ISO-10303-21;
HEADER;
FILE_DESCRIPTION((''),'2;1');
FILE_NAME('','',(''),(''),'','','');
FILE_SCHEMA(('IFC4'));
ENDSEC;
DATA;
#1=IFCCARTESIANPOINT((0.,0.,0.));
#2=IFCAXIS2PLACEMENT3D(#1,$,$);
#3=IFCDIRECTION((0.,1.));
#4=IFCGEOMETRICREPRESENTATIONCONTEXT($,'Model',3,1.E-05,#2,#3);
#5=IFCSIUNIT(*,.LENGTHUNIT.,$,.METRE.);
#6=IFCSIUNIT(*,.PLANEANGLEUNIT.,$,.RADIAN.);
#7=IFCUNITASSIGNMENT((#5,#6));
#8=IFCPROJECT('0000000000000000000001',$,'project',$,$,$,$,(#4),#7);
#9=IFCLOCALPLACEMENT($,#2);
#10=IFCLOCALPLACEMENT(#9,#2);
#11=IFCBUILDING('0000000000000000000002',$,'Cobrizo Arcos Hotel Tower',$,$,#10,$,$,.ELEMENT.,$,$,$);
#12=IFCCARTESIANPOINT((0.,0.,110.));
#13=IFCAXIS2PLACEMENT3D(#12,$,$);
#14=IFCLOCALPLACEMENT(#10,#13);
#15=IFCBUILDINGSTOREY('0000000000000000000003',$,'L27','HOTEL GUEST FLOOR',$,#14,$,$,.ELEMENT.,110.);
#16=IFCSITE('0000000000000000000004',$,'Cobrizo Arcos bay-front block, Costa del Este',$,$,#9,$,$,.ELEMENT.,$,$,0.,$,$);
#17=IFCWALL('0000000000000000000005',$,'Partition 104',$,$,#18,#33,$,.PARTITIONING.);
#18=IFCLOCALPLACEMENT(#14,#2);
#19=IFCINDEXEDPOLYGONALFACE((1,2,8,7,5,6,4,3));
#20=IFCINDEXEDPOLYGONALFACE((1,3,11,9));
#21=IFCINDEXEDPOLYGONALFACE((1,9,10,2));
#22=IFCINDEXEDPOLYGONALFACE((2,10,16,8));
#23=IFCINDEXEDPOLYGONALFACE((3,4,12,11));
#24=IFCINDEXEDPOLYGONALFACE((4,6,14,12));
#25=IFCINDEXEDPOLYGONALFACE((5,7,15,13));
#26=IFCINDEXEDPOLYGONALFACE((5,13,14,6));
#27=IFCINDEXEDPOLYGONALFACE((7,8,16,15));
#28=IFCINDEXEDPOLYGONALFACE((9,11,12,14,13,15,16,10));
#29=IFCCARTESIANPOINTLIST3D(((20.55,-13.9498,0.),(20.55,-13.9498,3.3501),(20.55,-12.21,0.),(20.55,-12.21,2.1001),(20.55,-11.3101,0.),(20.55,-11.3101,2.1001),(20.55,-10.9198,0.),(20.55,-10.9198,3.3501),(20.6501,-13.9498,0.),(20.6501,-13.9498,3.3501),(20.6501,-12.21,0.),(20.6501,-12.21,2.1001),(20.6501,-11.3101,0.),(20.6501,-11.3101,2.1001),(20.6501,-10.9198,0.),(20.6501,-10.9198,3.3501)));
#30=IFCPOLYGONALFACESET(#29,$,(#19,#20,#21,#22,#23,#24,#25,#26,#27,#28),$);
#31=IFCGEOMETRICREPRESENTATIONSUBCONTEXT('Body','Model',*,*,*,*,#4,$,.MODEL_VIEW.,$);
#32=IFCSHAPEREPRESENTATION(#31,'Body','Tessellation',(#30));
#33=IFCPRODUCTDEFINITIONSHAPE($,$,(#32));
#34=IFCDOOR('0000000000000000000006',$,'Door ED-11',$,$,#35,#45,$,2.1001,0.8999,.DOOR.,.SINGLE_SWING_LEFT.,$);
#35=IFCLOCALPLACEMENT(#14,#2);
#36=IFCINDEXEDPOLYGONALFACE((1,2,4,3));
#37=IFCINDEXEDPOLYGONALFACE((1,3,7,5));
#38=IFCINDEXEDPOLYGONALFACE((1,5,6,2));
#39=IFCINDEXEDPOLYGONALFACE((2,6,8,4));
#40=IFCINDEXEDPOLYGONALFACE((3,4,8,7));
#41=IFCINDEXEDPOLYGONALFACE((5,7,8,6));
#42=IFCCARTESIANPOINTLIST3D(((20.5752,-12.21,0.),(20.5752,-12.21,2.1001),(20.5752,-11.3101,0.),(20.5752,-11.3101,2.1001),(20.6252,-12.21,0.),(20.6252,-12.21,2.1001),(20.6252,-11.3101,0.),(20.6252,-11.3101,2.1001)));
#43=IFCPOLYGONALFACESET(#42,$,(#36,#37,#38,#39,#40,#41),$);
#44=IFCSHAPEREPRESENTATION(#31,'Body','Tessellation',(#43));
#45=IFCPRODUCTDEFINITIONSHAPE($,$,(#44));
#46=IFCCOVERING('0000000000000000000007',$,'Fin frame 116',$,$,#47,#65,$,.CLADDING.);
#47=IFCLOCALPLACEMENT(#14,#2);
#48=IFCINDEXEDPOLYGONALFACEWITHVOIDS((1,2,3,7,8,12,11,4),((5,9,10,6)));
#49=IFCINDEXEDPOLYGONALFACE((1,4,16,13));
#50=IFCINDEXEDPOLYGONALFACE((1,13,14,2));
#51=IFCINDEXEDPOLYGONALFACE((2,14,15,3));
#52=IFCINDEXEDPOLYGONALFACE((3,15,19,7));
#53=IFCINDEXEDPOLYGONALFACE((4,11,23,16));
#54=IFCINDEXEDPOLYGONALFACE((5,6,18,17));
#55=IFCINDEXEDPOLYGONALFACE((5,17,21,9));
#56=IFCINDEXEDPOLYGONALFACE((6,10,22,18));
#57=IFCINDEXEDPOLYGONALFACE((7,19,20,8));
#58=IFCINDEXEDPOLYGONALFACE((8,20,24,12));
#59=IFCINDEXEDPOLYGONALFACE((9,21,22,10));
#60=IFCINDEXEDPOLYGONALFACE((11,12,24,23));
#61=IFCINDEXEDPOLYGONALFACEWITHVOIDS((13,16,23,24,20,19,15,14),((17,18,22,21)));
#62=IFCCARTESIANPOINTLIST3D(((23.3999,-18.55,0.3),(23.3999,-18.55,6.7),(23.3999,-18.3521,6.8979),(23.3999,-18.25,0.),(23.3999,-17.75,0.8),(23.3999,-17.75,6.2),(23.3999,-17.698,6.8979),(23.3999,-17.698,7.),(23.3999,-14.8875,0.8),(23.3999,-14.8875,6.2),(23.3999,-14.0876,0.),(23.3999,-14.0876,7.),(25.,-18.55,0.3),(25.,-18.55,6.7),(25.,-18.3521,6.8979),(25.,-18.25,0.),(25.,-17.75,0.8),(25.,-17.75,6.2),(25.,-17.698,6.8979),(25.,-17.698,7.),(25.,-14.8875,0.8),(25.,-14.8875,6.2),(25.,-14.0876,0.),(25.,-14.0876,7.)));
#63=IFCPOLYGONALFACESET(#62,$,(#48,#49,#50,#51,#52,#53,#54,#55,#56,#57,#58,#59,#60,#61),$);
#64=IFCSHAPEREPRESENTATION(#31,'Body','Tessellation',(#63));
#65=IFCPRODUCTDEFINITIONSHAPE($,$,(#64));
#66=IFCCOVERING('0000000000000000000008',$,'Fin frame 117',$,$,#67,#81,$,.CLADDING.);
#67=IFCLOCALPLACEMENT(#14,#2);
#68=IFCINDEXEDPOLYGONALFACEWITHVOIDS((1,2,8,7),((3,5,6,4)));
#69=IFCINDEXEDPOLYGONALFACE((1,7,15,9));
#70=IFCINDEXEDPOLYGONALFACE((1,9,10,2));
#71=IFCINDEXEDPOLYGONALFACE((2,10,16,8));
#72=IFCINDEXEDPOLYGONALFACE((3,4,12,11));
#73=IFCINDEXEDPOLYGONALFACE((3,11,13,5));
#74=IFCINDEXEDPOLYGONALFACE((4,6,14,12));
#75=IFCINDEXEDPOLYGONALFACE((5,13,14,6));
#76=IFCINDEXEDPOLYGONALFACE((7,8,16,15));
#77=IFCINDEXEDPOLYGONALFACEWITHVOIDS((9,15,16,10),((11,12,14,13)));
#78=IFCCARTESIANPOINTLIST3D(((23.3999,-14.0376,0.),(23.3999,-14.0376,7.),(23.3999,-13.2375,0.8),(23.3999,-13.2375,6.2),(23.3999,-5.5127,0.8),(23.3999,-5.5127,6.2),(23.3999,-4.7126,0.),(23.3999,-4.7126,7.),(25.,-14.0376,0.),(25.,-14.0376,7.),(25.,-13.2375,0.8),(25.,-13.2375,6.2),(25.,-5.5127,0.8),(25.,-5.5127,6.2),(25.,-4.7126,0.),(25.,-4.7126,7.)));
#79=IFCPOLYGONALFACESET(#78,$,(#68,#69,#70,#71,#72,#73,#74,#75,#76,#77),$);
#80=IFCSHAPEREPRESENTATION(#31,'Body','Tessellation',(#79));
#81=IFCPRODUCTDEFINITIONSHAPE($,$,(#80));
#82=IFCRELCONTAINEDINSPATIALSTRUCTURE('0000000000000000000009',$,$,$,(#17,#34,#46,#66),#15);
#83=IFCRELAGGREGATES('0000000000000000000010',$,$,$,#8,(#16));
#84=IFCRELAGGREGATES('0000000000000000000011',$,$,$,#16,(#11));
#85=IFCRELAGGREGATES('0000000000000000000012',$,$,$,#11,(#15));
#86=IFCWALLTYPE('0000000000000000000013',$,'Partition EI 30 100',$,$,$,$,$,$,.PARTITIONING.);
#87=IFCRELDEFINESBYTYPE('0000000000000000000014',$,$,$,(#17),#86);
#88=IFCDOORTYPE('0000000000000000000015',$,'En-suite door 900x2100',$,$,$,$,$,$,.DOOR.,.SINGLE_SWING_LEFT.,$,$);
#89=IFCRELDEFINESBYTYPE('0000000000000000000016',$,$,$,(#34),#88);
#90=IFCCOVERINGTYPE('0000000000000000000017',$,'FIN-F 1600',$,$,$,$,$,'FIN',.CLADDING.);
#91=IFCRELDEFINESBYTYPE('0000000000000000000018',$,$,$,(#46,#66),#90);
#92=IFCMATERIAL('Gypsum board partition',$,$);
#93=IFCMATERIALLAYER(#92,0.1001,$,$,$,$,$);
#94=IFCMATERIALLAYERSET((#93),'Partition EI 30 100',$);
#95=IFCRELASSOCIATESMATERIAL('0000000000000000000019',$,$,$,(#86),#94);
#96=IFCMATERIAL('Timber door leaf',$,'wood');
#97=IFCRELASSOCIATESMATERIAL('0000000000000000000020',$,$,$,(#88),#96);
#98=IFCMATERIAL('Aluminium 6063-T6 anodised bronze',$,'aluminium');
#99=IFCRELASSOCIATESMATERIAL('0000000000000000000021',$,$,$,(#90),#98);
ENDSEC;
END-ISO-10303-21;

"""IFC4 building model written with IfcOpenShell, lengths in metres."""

from ifc_helpers import new_model, si_unit, direction, frame, frame_2d, origin, place, context, subcontext, project, spatial, polyline, rectangle, outline, extrude, material, layer, layer_set, type_object, element, fill, save


model = new_model("IFC4")

# Units and contexts
model_context = context("Model", 3, precision=1e-05, world=origin(), true_north=direction((0.0, 1.0)))
body_context = subcontext(model_context, "Body", "Model", "MODEL_VIEW")
ifc_project = project(units=[si_unit("LENGTHUNIT", "METRE"), si_unit("PLANEANGLEUNIT", "RADIAN")], contexts=[model_context])

# Site, building, storey
site_placement = place(None, origin())
site = spatial("IfcSite", under=ifc_project, at=site_placement, Name="Cobrizo Arcos bay-front block, Costa del Este", CompositionType="ELEMENT", RefElevation=0.0)
building_placement = place(site_placement, origin())
building = spatial("IfcBuilding", under=site, at=building_placement, Name="Cobrizo Arcos Hotel Tower", CompositionType="ELEMENT")
storey_placement = place(building_placement, frame((0.0, 0.0, 110.0)))
storey = spatial("IfcBuildingStorey", under=building, at=storey_placement, Name="L27", Description="HOTEL GUEST FLOOR", CompositionType="ELEMENT", Elevation=110.0)

# Shared definitions
ifc_material_1 = material(Name="Aluminium 6063-T6 anodised bronze", Category="aluminium")

# Shared definitions
ifc_material_2 = material(Name="Gypsum board partition")
ifc_layer_1 = layer(ifc_material_2, 0.1001)
ifc_layer_set_1 = layer_set([ifc_layer_1], Name="Partition EI 30 100")
wall_type = type_object("IfcWallType", Name="Partition EI 30 100", PredefinedType="PARTITIONING", material=ifc_layer_set_1)

# Wall, opening, door
ifc_material_3 = material(Name="Timber door leaf", Category="wood")
wall_1_placement = place(storey_placement, frame((20.6001, -13.95, 0.0), z_axis=(0.0, 0.0, 1.0), x_axis=(0.0, 1.0, 0.0)))
wall_1 = element("IfcWall", 1, at=wall_1_placement, inside=storey, type_object=wall_type, Name="Partition 104", PredefinedType="PARTITIONING", context=body_context, shape_type="SweptSolid", body=[
    extrude(rectangle(XDim=3.03, YDim=0.1001, at=frame_2d((1.5151, 0.0))), origin(), (0.0, 0.0, 1.0), 3.3501),
])
opening_1_placement = place(wall_1_placement, frame((1.74, 0.0, 0.0)))
opening_1 = element("IfcOpeningElement", 2, at=opening_1_placement, cuts=wall_1, PredefinedType="OPENING", context=body_context, shape_type="SweptSolid", body=[
    extrude(rectangle(XDim=0.8999, YDim=2.1001, at=frame_2d((0.45, 1.05))), frame((0.0, 0.062, 0.0), z_axis=(0.0, -1.0, 0.0), x_axis=(1.0, 0.0, 0.0)), (0.0, 0.0, 1.0), 0.124),
])
door_type_1 = type_object("IfcDoorType", Name="En-suite door 900x2100", OperationType="SINGLE_SWING_LEFT", PredefinedType="DOOR", material=ifc_material_3)
door_1_placement = place(opening_1_placement, origin())
door_1 = element("IfcDoor", 3, at=door_1_placement, inside=storey, type_object=door_type_1, Name="Door ED-11", OperationType="SINGLE_SWING_LEFT", OverallHeight=2.1001, OverallWidth=0.8999, PredefinedType="DOOR", context=body_context, shape_type="SweptSolid", body=[
    extrude(rectangle(XDim=0.8999, YDim=2.1001, at=frame_2d((0.45, 1.05))), frame((0.0, 0.0249, 0.0), z_axis=(0.0, -1.0, 0.0), x_axis=(1.0, 0.0, 0.0)), (0.0, 0.0, 1.0), 0.05),
])
fill(opening_1, door_1)

# Coverings
covering_type = type_object("IfcCoveringType", Name="FIN-F 1600", ElementType="FIN", PredefinedType="CLADDING", material=ifc_material_1)
covering_1_placement = place(storey_placement, frame((23.3999, -18.55, 0.0), z_axis=(1.0, 0.0, 0.0), x_axis=(0.0, 1.0, 0.0)))
element("IfcCovering", 4, at=covering_1_placement, inside=storey, type_object=covering_type, Name="Fin frame 116", PredefinedType="CLADDING", context=body_context, shape_type="SweptSolid", body=[
    extrude(outline(polyline([(4.4624, 7.0), (0.8521, 7.0), (0.8521, 6.8979), (0.198, 6.8979), (0.0, 6.7), (0.0, 0.3), (0.3, 0.0), (4.4624, 0.0), (4.4624, 7.0)]), holes=[polyline([(3.6626, 0.8), (0.8, 0.8), (0.8, 6.2), (3.6626, 6.2), (3.6626, 0.8)])]), origin(), (0.0, 0.0, 1.0), 1.6001),
])
covering_2_placement = place(storey_placement, frame((23.3999, -14.0376, 0.0), z_axis=(1.0, 0.0, 0.0), x_axis=(0.0, 1.0, 0.0)))
element("IfcCovering", 5, at=covering_2_placement, inside=storey, type_object=covering_type, Name="Fin frame 117", PredefinedType="CLADDING", context=body_context, shape_type="SweptSolid", body=[
    extrude(outline(polyline([(0.0, 7.0), (0.0, 0.0), (9.325, 0.0), (9.325, 7.0), (0.0, 7.0)]), holes=[polyline([(8.5249, 0.8), (0.8, 0.8), (0.8, 6.2), (8.5249, 6.2), (8.5249, 0.8)])]), origin(), (0.0, 0.0, 1.0), 1.6001),
])

save(model, "model.ifc")
